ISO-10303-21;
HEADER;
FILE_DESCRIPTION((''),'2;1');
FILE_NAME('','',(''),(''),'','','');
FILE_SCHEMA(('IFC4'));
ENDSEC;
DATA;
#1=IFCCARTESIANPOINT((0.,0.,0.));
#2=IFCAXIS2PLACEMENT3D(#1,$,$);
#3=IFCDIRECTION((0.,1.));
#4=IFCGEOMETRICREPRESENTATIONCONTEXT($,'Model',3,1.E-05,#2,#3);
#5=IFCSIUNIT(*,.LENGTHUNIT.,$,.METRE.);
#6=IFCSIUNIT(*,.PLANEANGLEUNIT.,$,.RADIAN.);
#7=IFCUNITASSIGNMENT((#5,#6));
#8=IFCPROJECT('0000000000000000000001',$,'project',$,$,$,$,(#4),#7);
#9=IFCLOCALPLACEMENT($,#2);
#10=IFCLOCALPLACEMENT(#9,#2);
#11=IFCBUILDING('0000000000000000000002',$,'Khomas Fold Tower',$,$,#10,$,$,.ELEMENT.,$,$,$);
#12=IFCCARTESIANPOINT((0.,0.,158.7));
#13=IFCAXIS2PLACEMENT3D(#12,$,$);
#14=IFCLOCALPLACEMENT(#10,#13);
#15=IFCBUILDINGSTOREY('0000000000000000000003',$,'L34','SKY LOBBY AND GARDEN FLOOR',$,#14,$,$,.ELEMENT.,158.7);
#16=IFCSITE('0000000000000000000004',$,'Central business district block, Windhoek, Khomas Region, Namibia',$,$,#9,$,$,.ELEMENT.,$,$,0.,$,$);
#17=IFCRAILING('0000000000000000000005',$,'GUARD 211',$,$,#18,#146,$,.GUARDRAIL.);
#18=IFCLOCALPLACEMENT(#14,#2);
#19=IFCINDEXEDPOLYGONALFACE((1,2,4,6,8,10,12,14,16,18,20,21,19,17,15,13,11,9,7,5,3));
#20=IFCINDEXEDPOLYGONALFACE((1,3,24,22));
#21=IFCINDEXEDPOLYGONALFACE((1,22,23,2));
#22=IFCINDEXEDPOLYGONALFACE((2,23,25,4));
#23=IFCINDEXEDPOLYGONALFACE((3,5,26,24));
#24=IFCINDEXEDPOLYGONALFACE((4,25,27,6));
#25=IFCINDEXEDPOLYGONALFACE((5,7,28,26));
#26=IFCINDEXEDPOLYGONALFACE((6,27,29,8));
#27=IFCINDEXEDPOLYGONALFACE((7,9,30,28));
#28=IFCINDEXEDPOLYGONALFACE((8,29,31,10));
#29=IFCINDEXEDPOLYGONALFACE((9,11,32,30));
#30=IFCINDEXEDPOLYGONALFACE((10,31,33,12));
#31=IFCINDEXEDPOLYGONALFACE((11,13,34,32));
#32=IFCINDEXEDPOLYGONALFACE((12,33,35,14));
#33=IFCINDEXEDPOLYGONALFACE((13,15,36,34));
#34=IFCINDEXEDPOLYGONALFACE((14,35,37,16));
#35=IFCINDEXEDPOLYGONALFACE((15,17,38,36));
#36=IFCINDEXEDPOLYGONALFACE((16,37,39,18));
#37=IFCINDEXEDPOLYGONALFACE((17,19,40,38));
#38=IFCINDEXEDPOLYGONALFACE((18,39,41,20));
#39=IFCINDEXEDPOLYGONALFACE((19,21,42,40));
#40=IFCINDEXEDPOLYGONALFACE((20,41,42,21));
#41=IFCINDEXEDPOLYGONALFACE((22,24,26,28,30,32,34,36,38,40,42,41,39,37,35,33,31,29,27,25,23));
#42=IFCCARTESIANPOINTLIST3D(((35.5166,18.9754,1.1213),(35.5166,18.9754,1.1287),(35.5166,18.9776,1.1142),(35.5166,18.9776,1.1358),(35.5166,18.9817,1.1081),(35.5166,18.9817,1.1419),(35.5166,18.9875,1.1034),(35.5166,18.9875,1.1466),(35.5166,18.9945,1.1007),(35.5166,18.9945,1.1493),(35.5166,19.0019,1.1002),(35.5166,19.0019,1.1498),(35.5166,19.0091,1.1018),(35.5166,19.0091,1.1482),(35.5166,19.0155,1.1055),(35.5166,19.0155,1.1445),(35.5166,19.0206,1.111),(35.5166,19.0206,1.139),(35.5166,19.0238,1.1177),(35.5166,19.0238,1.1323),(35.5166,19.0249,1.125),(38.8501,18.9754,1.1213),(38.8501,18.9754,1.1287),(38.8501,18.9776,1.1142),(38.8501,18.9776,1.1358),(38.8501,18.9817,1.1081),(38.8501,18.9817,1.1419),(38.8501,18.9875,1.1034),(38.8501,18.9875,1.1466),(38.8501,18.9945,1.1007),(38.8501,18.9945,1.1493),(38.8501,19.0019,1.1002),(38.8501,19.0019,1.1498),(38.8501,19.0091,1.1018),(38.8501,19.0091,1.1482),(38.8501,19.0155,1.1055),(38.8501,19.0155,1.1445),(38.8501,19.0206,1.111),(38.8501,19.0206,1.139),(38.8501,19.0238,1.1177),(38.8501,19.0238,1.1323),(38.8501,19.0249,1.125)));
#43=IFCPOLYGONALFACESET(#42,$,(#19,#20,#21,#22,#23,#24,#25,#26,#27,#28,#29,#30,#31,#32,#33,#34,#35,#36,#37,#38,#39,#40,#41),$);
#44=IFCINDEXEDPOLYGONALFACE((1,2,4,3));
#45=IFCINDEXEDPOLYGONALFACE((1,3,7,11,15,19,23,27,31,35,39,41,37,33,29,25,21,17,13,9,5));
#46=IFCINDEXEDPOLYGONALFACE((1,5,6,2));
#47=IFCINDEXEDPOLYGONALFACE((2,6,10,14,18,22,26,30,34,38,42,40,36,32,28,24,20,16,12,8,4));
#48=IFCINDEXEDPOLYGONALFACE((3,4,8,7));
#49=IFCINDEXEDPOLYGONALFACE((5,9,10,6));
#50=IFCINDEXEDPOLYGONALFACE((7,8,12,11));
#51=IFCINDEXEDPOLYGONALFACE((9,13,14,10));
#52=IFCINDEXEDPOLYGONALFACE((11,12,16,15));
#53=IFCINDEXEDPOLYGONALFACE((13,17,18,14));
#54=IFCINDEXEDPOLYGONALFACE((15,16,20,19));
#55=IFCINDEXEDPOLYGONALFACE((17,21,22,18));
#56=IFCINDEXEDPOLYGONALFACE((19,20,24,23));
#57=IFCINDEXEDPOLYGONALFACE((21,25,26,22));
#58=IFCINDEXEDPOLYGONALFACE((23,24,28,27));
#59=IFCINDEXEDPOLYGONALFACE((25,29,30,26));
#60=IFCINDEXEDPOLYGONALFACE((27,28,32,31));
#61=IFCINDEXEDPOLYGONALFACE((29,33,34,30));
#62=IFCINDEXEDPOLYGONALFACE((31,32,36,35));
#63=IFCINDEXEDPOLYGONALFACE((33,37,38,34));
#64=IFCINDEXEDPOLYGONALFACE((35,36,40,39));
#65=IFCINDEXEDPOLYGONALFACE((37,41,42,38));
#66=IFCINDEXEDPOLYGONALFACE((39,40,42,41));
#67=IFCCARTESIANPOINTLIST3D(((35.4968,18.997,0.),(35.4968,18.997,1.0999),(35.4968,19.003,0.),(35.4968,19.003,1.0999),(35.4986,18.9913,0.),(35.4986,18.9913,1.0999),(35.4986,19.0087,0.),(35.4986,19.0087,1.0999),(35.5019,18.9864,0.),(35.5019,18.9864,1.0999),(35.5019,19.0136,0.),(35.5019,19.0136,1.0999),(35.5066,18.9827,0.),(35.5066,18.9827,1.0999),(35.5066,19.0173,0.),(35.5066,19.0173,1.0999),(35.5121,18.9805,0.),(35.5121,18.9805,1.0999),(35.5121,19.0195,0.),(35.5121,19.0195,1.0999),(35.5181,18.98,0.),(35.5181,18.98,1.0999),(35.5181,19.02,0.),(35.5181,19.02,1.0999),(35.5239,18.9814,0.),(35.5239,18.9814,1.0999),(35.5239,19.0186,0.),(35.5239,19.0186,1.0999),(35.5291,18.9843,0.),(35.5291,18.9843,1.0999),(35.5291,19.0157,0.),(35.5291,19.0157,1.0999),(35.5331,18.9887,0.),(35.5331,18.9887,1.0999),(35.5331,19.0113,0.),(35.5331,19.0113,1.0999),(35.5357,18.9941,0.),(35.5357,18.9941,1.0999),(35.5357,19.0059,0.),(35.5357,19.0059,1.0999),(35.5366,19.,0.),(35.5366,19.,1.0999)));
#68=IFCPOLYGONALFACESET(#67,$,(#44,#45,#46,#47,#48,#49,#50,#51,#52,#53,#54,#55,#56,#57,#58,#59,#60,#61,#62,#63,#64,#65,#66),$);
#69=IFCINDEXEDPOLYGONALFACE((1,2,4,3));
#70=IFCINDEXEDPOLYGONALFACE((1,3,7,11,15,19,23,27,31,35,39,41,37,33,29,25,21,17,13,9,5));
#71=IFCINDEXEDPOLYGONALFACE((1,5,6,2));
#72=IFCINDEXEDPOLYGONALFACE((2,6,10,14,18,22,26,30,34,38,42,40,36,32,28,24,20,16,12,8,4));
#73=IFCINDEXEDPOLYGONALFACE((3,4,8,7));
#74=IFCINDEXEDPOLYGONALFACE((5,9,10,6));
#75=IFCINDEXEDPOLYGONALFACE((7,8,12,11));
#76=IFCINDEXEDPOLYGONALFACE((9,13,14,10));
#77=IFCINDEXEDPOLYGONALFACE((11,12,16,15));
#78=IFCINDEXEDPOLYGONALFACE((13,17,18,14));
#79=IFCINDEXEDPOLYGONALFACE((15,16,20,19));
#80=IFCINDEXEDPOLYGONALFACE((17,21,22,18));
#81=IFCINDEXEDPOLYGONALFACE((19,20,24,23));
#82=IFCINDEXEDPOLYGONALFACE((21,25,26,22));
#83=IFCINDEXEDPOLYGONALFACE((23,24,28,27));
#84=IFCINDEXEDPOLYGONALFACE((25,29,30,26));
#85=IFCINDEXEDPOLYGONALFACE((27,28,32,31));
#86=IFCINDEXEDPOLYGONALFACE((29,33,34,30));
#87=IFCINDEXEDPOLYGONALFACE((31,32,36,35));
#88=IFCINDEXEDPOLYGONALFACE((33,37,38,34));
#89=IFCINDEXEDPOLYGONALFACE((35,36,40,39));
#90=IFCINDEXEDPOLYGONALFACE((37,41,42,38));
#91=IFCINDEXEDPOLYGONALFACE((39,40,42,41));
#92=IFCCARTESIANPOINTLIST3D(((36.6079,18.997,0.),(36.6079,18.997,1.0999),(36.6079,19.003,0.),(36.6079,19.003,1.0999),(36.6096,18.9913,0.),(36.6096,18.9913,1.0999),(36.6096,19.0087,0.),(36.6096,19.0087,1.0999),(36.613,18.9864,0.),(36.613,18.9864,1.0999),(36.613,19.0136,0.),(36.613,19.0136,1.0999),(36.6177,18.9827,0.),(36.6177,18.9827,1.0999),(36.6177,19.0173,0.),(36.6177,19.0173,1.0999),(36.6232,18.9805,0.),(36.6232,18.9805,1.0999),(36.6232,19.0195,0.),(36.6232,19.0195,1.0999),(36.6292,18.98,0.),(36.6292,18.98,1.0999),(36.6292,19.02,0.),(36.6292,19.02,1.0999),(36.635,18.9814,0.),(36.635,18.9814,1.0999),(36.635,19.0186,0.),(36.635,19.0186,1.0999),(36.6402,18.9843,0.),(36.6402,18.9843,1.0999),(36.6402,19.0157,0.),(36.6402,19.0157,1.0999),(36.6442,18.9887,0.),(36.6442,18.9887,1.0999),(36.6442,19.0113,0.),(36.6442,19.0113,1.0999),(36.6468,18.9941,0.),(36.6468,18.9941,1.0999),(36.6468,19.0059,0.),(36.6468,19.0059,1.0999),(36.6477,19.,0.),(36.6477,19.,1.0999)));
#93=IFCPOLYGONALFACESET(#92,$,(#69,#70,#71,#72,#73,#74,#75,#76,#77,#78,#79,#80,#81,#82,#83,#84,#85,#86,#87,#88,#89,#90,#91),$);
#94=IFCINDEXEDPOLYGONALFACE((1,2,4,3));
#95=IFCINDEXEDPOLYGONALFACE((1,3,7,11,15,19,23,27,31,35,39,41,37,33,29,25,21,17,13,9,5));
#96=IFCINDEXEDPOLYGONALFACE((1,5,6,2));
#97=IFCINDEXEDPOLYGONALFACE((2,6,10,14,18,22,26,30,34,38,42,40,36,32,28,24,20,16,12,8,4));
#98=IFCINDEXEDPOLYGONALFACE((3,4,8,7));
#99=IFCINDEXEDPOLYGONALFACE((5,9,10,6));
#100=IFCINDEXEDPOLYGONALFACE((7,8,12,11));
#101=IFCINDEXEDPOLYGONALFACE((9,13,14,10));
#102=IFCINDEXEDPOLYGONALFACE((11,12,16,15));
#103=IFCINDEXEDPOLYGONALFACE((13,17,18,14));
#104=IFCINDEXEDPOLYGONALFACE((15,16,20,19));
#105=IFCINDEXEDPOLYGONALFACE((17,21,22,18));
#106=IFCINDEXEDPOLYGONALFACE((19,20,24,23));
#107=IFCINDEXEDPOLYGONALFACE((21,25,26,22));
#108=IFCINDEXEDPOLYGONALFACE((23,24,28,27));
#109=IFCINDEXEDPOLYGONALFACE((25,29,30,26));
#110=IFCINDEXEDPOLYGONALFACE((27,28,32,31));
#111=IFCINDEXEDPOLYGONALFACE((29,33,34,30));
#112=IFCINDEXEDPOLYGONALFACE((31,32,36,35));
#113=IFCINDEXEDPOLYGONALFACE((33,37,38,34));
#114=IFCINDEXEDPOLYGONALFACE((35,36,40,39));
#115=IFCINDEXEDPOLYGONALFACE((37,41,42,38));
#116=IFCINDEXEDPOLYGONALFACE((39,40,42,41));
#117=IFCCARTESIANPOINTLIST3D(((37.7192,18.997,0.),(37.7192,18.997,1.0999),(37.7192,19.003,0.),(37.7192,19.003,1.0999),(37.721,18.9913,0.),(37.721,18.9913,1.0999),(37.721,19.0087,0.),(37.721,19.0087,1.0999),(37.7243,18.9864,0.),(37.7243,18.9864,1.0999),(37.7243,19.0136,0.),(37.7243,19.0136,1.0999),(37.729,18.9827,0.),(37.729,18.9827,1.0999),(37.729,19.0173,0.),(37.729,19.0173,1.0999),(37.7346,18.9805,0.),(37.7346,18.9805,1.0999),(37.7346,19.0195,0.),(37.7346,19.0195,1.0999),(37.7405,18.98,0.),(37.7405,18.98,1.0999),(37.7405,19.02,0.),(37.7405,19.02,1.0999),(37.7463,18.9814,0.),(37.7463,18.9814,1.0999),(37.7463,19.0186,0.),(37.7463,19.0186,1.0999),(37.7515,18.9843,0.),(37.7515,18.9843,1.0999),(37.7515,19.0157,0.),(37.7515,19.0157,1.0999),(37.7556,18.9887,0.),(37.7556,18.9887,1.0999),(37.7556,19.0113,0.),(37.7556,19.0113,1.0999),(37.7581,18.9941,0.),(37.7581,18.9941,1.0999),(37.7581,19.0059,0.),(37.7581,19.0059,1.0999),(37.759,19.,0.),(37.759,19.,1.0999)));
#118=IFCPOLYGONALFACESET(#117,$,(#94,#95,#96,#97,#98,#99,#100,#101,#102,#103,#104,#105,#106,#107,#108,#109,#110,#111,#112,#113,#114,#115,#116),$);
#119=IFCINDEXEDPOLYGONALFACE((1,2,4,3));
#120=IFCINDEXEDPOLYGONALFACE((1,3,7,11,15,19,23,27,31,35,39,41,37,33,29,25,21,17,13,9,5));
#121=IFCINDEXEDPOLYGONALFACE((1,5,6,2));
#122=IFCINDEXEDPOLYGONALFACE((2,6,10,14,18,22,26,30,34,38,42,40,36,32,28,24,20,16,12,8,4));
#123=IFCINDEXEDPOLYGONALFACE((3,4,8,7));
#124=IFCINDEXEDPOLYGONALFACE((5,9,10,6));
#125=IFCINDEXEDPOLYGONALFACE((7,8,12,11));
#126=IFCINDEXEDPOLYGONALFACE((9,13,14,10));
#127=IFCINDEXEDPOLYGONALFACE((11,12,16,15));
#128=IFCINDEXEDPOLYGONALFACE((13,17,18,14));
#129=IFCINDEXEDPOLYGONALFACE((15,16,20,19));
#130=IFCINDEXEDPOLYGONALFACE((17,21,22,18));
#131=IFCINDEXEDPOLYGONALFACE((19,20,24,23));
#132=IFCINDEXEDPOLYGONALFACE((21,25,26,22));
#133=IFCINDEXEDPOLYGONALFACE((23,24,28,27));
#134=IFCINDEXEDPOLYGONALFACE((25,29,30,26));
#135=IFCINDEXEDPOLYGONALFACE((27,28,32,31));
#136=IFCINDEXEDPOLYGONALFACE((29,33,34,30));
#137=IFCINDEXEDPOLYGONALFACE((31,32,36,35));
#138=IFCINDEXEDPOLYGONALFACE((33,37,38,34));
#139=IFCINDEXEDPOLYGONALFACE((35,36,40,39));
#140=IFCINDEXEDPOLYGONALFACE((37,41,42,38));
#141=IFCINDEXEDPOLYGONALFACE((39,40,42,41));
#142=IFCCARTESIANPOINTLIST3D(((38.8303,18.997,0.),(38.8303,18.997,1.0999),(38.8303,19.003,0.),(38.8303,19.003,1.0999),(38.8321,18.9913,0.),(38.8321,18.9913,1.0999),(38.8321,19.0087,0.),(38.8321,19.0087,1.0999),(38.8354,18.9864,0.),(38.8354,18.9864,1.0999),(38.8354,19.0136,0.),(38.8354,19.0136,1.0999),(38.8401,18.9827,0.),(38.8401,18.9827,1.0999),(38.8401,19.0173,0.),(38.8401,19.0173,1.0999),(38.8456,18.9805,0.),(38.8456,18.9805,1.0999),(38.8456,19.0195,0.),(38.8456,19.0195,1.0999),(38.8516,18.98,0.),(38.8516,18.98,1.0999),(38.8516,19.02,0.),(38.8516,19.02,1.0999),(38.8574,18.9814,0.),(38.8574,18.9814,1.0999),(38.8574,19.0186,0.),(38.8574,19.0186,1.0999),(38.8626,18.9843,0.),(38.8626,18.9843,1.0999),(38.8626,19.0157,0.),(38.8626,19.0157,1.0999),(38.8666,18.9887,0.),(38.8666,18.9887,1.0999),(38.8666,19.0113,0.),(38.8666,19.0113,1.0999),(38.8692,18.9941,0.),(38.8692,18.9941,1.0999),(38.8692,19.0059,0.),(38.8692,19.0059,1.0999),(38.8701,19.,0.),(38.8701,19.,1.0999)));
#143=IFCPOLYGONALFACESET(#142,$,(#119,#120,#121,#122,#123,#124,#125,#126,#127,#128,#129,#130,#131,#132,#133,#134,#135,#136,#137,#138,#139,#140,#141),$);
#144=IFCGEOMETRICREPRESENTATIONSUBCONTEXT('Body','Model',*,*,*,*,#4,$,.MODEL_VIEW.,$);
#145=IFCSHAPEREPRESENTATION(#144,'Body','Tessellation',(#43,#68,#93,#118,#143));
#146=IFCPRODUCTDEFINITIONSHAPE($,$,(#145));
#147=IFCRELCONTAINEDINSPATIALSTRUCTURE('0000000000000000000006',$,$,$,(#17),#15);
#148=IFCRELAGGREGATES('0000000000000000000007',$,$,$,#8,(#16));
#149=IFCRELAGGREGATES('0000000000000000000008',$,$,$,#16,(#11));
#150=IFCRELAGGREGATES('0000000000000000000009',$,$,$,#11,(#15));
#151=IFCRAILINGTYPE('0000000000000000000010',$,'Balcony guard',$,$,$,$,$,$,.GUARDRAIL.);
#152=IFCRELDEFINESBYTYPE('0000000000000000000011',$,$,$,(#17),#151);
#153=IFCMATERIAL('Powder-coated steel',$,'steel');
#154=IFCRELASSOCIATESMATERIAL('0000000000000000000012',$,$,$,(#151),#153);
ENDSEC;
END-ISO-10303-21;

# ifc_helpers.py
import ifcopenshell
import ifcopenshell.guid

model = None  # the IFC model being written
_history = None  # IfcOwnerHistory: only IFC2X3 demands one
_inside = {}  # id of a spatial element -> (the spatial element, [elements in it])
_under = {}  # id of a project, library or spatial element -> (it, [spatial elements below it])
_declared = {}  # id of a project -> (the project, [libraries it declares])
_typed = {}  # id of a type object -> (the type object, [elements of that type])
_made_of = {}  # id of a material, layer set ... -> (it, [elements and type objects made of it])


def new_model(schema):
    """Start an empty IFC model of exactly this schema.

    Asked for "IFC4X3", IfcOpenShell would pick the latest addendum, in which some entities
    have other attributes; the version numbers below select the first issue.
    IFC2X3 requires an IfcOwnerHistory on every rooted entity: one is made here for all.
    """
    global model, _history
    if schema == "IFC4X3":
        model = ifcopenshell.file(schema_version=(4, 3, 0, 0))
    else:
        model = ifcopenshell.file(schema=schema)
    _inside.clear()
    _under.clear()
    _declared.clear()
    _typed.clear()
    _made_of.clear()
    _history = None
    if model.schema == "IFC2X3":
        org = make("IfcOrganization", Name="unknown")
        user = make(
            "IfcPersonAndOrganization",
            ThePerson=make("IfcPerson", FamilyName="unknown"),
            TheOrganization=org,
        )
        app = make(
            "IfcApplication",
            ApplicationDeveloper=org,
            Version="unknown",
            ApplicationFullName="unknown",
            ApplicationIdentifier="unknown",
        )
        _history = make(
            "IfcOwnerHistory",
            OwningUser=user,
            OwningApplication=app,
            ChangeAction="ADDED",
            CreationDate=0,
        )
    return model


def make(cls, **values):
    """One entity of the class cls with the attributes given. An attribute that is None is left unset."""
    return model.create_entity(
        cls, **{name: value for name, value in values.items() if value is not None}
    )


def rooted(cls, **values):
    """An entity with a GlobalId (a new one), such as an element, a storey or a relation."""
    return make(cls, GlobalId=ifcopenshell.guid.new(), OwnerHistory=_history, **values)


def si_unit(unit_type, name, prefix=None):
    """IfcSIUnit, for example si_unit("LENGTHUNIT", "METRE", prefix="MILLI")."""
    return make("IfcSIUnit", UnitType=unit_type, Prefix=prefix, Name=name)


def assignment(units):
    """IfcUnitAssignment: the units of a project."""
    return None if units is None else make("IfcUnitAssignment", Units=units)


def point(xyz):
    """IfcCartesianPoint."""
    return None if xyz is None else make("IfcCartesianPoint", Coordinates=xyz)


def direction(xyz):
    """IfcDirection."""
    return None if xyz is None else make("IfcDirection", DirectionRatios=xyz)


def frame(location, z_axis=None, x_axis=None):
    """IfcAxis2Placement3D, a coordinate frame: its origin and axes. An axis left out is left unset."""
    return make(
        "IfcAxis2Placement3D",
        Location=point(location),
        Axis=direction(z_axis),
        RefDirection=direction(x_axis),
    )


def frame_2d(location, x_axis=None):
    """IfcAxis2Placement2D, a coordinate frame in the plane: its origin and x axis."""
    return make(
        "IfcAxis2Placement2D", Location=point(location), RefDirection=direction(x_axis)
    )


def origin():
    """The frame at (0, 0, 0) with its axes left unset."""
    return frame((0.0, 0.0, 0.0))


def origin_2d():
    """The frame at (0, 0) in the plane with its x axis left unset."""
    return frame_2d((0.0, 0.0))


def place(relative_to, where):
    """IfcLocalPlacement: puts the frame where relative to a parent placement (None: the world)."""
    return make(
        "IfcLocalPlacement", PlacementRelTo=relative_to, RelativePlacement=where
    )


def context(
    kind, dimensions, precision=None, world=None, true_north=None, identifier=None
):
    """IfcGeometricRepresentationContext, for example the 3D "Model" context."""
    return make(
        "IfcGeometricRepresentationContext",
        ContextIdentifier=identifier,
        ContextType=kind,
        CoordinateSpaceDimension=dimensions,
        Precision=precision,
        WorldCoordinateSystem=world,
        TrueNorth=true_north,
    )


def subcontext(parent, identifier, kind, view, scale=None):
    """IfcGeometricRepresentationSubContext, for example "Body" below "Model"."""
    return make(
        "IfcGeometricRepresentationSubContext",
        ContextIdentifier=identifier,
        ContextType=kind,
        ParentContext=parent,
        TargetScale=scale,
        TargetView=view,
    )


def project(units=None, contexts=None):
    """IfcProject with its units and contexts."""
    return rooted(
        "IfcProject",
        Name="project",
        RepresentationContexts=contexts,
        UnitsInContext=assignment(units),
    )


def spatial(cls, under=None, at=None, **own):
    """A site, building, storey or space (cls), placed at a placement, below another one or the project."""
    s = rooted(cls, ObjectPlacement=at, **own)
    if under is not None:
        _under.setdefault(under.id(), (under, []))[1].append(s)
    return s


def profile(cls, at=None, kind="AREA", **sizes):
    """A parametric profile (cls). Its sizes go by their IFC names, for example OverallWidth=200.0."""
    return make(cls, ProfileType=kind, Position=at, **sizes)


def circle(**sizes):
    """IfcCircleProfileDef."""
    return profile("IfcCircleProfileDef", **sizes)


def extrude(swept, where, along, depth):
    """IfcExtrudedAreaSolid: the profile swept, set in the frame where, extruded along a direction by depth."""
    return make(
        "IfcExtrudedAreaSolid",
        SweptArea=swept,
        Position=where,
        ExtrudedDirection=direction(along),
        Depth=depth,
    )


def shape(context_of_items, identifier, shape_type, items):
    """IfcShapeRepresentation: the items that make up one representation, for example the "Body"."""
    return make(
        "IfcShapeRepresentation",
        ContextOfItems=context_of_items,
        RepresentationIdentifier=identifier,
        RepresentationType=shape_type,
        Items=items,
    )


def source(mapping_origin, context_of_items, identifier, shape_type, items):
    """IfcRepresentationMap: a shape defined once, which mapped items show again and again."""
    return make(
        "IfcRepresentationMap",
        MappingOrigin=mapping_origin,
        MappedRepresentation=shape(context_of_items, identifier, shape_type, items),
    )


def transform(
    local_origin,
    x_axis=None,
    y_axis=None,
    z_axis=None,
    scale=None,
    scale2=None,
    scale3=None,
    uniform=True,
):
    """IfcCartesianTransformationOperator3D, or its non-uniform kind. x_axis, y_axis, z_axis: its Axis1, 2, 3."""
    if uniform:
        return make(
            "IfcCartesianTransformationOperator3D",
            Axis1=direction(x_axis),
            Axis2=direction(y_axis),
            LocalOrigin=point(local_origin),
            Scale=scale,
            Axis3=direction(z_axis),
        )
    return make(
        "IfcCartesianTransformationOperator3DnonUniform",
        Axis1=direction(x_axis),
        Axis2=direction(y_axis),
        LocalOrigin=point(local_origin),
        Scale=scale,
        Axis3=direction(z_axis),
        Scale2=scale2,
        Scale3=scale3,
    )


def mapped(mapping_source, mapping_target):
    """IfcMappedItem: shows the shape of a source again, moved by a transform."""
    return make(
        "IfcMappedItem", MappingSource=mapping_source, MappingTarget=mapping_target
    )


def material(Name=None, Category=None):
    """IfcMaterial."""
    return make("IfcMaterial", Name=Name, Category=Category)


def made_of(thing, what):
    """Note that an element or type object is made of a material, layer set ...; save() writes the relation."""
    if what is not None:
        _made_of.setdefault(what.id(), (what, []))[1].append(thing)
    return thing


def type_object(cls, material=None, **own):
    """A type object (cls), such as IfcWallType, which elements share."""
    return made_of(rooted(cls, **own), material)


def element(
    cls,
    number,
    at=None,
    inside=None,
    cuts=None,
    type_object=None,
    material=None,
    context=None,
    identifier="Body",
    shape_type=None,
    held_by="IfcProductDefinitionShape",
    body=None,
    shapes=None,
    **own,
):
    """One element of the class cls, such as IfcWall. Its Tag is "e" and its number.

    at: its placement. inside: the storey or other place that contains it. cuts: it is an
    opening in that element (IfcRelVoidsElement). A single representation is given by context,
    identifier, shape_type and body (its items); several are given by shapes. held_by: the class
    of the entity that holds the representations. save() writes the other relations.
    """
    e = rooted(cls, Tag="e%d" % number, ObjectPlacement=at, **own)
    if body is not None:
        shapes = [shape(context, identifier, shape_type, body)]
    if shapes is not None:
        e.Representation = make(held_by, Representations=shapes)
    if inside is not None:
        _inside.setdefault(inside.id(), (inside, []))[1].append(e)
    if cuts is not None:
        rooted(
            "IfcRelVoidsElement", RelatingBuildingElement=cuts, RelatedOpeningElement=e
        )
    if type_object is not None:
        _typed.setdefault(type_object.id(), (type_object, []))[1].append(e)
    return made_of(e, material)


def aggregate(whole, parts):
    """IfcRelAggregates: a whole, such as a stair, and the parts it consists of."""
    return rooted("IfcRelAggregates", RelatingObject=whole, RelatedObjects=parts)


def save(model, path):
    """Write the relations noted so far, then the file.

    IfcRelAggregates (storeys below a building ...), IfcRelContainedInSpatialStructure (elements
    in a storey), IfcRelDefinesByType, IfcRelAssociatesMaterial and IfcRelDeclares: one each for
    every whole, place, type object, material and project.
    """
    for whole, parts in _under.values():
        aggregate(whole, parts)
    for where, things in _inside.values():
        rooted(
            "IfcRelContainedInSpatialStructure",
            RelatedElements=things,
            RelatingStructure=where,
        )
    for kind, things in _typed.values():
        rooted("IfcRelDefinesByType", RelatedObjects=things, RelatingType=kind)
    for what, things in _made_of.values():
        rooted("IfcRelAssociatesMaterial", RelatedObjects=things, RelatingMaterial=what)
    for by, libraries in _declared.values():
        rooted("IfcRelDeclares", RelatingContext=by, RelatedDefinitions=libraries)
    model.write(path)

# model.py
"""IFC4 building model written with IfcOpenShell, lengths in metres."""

from ifc_helpers import new_model, si_unit, direction, frame, origin, origin_2d, place, context, subcontext, project, spatial, circle, extrude, source, transform, mapped, material, type_object, element, save


model = new_model("IFC4")

# Units and contexts
model_context = context("Model", 3, precision=1e-05, world=origin(), true_north=direction((0.0, 1.0)))
body_context = subcontext(model_context, "Body", "Model", "MODEL_VIEW")
ifc_project = project(units=[si_unit("LENGTHUNIT", "METRE"), si_unit("PLANEANGLEUNIT", "RADIAN")], contexts=[model_context])

# Site, building, storey
site_placement = place(None, origin())
site = spatial("IfcSite", under=ifc_project, at=site_placement, Name="Central business district block, Windhoek, Khomas Region, Namibia", CompositionType="ELEMENT", RefElevation=0.0)
building_placement = place(site_placement, origin())
building = spatial("IfcBuilding", under=site, at=building_placement, Name="Khomas Fold Tower", CompositionType="ELEMENT")
storey_placement = place(building_placement, frame((0.0, 0.0, 158.7)))
storey = spatial("IfcBuildingStorey", under=building, at=storey_placement, Name="L34", Description="SKY LOBBY AND GARDEN FLOOR", CompositionType="ELEMENT", Elevation=158.7)

# Railing
ifc_material_1 = material(Name="Powder-coated steel", Category="steel")
railing_type = type_object("IfcRailingType", Name="Balcony guard", PredefinedType="GUARDRAIL", material=ifc_material_1)
shared_shape_1 = source(origin(), body_context, "Body", "SweptSolid", [
    extrude(circle(Radius=0.0249, at=origin_2d()), frame((0.0, 0.0, 1.125), z_axis=(1.0, 0.0, 0.0), x_axis=(0.0, 1.0, 0.0)), (0.0, 0.0, 1.0), 3.3335),
    extrude(circle(Radius=0.02, at=origin_2d()), origin(), (0.0, 0.0, 1.0), 1.0999),
    extrude(circle(Radius=0.02, at=origin_2d()), frame((1.1111, 0.0, 0.0)), (0.0, 0.0, 1.0), 1.0999),
    extrude(circle(Radius=0.02, at=origin_2d()), frame((2.2224, 0.0, 0.0)), (0.0, 0.0, 1.0), 1.0999),
    extrude(circle(Radius=0.02, at=origin_2d()), frame((3.3335, 0.0, 0.0)), (0.0, 0.0, 1.0), 1.0999),
])
railing_1_placement = place(storey_placement, frame((35.5166, 19.0, 0.0)))
element("IfcRailing", 1, at=railing_1_placement, inside=storey, type_object=railing_type, Name="GUARD 211", PredefinedType="GUARDRAIL", context=body_context, shape_type="MappedRepresentation", body=[
    mapped(shared_shape_1, transform((0.0, 0.0, 0.0))),
])

save(model, "model.ifc")
